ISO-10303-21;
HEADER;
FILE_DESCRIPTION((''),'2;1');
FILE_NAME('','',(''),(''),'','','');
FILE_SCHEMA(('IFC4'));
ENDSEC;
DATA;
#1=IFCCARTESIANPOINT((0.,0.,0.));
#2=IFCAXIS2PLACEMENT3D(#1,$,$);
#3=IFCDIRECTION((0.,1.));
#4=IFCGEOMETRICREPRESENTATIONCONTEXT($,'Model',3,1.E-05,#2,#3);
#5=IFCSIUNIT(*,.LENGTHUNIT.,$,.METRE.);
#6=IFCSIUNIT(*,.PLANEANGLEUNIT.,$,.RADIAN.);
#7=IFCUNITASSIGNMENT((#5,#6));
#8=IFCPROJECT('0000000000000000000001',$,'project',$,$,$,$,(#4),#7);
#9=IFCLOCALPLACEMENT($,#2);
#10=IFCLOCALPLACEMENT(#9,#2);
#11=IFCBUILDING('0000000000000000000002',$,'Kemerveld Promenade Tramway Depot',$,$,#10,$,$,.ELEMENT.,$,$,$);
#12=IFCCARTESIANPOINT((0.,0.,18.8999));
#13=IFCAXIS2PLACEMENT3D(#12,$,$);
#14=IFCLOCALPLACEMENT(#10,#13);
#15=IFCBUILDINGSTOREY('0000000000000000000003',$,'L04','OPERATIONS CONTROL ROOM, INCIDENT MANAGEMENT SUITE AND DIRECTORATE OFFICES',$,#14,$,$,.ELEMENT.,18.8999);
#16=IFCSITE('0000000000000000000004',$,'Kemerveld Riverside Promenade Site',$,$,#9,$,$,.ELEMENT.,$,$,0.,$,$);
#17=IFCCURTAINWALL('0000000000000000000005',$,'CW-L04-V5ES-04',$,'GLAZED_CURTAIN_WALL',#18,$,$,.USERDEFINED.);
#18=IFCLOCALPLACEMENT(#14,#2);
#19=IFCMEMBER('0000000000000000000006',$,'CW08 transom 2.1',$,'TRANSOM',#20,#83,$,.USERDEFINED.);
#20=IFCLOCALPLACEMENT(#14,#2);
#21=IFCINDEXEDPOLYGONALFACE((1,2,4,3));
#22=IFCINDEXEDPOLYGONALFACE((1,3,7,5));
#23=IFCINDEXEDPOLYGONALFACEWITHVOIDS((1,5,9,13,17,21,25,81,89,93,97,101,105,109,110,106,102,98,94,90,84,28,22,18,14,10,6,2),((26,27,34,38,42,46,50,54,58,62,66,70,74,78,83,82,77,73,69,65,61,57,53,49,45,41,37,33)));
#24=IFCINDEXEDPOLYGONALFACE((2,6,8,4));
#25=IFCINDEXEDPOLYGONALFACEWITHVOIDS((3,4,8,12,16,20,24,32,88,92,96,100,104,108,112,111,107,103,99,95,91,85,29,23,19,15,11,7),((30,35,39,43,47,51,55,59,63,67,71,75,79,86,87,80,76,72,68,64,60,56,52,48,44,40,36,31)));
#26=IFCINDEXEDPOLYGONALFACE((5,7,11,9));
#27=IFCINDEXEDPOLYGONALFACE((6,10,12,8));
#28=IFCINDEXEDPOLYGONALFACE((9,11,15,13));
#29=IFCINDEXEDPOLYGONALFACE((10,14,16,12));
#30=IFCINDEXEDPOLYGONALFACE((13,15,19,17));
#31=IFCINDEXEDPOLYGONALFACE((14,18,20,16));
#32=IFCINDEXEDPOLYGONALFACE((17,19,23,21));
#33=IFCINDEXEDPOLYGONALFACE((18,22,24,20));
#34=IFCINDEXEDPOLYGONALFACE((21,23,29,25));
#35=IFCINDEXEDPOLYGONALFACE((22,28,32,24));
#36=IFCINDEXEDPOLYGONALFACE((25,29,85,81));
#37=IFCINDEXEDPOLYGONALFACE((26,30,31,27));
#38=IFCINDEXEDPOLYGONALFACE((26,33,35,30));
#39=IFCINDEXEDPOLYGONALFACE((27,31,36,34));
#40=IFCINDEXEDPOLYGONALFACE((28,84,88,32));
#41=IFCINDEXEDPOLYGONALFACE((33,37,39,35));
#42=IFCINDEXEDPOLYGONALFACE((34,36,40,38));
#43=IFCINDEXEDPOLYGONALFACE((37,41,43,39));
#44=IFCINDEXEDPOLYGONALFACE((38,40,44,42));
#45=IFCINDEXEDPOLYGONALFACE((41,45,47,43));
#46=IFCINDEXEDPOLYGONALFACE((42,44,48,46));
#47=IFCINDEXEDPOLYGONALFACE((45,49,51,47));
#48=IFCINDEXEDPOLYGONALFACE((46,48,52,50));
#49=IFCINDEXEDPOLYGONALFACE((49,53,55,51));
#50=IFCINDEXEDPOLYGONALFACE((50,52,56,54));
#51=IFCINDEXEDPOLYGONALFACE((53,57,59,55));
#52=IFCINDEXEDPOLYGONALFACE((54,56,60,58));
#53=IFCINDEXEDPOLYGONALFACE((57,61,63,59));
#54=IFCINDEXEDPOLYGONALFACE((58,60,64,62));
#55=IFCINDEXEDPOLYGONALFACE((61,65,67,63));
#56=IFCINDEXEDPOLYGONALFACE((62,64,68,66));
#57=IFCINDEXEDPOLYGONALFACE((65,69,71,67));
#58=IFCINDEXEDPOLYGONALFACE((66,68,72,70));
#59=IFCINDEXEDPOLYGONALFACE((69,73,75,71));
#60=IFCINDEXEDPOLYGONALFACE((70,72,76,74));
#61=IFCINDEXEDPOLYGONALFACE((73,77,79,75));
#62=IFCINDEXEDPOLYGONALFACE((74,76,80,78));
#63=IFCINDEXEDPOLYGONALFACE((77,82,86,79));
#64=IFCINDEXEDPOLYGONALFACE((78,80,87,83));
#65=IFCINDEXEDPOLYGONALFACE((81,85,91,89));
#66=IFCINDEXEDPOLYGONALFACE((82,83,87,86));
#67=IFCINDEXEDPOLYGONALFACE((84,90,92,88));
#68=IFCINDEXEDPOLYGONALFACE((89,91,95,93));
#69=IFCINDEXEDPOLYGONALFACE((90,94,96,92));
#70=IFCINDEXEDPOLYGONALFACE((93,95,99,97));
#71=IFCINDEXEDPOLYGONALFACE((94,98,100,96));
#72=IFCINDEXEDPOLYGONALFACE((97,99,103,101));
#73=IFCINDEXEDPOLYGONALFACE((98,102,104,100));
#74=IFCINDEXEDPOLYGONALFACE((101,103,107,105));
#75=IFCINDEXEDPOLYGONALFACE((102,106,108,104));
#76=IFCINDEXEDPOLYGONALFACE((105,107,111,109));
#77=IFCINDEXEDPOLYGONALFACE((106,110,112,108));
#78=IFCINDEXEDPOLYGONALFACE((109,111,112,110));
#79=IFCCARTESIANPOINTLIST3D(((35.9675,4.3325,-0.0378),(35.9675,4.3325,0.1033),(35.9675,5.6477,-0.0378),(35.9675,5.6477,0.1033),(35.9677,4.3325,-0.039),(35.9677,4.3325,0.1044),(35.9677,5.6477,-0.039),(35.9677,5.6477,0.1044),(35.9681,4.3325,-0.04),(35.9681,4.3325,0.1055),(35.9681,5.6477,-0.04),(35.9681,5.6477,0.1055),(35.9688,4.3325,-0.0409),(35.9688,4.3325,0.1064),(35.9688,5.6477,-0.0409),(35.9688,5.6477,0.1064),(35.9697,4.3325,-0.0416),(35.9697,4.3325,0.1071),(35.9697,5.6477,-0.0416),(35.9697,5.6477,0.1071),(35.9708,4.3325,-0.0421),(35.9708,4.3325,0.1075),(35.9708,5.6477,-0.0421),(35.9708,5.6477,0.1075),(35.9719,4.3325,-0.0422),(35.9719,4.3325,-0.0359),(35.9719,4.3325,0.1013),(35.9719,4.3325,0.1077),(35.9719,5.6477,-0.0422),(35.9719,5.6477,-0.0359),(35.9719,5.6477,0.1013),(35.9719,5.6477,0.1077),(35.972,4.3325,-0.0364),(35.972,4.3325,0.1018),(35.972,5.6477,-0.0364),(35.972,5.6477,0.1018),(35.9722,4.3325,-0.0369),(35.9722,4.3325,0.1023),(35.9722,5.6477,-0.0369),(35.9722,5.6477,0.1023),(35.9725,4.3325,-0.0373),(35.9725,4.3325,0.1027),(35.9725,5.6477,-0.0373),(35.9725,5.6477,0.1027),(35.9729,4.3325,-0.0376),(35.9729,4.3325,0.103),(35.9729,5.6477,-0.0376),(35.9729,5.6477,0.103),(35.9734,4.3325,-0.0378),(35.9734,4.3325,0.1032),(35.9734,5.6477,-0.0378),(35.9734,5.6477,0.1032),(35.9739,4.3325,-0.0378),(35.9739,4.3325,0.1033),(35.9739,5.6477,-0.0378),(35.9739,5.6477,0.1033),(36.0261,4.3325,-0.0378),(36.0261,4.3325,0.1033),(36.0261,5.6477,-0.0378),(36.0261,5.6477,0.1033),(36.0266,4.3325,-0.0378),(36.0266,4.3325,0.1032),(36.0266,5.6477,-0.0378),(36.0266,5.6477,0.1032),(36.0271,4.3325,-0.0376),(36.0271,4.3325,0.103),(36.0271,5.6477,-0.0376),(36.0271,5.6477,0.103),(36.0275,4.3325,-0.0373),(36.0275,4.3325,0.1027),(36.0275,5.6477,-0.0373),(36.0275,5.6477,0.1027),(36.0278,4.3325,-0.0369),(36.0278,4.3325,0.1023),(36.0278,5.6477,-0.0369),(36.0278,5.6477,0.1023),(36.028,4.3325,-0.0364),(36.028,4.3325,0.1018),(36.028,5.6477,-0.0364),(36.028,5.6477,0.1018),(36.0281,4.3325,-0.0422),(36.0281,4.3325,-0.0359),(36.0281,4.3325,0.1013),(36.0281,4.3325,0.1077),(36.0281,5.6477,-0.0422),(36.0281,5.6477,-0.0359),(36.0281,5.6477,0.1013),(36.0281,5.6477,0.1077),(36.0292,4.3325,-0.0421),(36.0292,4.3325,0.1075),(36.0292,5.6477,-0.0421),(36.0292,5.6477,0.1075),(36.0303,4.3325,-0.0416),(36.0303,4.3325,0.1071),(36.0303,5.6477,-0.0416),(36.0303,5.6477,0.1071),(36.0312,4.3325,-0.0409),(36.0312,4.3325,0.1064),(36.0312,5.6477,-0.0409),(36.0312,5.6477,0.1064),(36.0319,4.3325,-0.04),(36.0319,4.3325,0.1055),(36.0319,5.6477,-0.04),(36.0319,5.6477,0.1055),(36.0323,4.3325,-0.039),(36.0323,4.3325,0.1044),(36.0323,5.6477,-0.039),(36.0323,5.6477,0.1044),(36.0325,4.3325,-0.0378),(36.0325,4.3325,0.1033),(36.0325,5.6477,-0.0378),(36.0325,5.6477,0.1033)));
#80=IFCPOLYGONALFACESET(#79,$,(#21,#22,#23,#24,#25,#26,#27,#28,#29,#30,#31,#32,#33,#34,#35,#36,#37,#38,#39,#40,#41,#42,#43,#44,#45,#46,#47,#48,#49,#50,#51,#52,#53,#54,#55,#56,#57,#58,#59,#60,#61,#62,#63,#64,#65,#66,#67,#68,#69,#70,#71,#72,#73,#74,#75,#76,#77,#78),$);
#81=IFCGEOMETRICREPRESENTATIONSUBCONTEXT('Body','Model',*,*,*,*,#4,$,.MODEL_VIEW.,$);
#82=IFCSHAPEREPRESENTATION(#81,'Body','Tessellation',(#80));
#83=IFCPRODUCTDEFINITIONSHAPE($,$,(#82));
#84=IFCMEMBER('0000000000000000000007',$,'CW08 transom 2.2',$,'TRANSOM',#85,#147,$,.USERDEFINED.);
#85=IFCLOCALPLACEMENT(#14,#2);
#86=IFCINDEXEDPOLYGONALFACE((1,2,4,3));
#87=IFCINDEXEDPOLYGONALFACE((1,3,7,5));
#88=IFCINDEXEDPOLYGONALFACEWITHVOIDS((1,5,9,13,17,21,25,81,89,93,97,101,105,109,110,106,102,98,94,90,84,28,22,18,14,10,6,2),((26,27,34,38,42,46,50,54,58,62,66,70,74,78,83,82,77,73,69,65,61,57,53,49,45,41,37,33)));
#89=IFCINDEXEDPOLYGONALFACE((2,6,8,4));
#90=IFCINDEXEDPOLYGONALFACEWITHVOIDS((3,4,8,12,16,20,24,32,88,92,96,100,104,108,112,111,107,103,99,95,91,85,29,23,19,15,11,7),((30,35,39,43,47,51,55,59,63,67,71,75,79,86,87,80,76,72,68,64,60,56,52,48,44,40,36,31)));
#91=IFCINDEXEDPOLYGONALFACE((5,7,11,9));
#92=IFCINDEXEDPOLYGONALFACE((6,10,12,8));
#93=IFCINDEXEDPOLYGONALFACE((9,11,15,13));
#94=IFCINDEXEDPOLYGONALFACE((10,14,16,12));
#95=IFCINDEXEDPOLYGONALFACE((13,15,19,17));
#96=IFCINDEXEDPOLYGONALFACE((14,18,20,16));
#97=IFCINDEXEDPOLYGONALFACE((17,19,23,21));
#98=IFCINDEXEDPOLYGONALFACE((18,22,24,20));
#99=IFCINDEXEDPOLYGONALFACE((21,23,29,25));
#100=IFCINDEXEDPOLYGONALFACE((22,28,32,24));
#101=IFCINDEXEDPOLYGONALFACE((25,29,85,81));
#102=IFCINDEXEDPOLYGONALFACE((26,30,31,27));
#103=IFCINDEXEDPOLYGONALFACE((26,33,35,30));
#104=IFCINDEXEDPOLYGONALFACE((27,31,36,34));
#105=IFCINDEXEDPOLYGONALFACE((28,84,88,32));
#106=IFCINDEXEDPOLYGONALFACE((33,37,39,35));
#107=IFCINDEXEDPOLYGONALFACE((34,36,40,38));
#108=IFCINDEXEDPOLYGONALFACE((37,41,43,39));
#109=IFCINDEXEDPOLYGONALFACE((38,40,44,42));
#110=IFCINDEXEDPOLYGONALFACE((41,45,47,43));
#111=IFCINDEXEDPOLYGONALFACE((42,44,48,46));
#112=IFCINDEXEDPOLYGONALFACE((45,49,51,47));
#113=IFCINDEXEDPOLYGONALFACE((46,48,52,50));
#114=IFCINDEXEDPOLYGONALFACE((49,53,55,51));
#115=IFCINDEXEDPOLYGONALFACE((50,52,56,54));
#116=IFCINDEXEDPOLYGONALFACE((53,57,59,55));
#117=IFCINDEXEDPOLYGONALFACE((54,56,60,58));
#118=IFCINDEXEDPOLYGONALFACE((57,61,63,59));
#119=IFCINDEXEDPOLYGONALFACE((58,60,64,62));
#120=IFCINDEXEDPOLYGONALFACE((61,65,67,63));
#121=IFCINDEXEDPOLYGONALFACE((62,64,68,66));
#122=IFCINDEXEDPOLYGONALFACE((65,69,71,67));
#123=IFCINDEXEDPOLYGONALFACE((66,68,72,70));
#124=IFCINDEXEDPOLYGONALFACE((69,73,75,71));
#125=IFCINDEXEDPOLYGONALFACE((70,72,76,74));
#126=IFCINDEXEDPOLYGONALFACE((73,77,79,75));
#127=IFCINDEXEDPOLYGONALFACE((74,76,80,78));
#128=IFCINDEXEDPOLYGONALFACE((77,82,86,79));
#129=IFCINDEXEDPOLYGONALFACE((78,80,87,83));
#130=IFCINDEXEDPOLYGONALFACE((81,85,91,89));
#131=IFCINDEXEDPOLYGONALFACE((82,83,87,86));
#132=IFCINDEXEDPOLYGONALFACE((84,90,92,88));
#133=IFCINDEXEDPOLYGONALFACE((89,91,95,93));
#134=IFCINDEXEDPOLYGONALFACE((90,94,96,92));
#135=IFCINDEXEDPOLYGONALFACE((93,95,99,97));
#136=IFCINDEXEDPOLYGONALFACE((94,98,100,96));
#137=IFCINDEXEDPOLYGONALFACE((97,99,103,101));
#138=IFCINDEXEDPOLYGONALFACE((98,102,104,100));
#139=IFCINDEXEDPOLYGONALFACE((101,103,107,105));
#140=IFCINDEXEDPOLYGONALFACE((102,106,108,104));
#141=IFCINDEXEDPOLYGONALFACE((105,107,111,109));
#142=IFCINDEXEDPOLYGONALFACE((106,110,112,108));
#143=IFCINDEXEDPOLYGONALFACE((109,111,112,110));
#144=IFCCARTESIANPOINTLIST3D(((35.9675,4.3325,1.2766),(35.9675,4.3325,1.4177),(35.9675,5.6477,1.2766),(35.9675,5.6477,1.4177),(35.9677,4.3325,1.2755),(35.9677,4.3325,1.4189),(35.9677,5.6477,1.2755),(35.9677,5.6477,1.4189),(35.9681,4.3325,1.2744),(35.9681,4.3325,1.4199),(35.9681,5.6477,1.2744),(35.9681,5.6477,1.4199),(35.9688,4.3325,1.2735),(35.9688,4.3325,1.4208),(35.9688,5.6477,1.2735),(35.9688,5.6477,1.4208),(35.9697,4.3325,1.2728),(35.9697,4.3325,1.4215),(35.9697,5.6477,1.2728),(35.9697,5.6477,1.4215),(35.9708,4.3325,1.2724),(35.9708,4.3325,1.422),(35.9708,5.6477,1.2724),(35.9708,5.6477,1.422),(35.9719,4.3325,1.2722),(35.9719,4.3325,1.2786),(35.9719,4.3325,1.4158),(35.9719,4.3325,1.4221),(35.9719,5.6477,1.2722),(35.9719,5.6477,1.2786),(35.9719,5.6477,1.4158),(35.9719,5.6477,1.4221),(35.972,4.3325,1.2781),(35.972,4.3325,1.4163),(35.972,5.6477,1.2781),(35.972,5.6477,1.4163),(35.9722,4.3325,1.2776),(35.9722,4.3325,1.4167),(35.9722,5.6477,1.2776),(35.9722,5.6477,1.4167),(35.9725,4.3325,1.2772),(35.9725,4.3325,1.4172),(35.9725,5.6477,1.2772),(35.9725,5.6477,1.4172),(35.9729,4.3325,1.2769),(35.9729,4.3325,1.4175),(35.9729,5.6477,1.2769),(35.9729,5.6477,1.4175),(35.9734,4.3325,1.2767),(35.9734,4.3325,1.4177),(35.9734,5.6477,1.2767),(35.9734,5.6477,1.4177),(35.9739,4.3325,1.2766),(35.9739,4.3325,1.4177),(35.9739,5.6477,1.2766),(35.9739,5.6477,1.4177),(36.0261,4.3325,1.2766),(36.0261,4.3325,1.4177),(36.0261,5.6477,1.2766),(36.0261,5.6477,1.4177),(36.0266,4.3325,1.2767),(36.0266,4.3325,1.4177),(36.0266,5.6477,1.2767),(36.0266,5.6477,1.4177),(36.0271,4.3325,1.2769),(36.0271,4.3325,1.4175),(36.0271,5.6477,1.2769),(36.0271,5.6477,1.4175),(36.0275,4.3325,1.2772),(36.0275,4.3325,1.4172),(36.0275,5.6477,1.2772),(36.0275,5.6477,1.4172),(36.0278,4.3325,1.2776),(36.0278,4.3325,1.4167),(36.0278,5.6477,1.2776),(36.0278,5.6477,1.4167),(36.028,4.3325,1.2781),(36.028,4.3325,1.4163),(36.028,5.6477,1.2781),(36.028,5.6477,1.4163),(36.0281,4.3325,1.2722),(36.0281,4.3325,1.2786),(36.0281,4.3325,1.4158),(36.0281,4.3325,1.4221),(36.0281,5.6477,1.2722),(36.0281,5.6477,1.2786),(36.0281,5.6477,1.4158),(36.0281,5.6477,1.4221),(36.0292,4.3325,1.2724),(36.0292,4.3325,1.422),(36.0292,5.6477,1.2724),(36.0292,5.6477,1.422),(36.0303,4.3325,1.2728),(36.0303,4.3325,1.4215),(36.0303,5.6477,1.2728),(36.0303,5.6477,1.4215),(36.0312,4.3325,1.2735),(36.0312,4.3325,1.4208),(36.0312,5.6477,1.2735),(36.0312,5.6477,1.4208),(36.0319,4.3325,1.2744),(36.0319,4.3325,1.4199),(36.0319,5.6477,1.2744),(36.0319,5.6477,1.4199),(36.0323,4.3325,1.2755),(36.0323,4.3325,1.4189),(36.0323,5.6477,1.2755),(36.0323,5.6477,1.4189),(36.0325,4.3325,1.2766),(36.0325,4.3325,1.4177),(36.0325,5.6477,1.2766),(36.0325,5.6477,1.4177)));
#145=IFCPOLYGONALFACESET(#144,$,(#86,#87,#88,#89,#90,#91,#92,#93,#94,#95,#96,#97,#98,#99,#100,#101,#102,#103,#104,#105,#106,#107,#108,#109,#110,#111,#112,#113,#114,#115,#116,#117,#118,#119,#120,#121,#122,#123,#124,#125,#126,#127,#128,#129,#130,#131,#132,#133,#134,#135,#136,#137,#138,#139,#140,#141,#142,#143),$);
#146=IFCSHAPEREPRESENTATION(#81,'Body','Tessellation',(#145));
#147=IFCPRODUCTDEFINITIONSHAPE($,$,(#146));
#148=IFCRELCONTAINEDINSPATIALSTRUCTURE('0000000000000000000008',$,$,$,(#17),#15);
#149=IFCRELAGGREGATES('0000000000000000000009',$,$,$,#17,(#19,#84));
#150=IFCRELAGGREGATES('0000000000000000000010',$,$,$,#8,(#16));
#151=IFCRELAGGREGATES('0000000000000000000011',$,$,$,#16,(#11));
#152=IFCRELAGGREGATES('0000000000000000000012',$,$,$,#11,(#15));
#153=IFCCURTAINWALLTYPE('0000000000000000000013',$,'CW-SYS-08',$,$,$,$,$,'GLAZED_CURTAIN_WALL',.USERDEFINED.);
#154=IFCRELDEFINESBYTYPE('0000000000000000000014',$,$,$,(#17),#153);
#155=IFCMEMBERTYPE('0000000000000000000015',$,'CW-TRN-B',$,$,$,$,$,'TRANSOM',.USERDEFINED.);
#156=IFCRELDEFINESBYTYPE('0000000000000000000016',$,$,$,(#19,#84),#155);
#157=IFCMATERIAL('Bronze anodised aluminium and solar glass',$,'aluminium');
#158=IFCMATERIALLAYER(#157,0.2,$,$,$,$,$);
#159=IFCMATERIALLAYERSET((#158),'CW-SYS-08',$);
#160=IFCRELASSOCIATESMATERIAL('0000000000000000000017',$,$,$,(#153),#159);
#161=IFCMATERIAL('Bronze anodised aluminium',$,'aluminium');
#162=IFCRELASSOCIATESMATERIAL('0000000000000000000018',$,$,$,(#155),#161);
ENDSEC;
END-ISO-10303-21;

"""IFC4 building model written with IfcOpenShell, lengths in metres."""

from ifc_helpers import new_model, si_unit, direction, frame, origin, origin_2d, place, context, subcontext, project, spatial, hollow_rectangle, extrude, material, layer, layer_set, material_profile, profile_set, type_object, element, aggregate, save


model = new_model("IFC4")

# Units and contexts
model_context = context("Model", 3, precision=1e-05, world=origin(), true_north=direction((0.0, 1.0)))
body_context = subcontext(model_context, "Body", "Model", "MODEL_VIEW")
ifc_project = project(units=[si_unit("LENGTHUNIT", "METRE"), si_unit("PLANEANGLEUNIT", "RADIAN")], contexts=[model_context])

# Site, building, storey
site_placement = place(None, origin())
site = spatial("IfcSite", under=ifc_project, at=site_placement, Name="Kemerveld Riverside Promenade Site", CompositionType="ELEMENT", RefElevation=0.0)
building_placement = place(site_placement, origin())
building = spatial("IfcBuilding", under=site, at=building_placement, Name="Kemerveld Promenade Tramway Depot", CompositionType="ELEMENT")
storey_placement = place(building_placement, frame((0.0, 0.0, 18.8999)))
storey = spatial("IfcBuildingStorey", under=building, at=storey_placement, Name="L04", Description="OPERATIONS CONTROL ROOM, INCIDENT MANAGEMENT SUITE AND DIRECTORATE OFFICES", CompositionType="ELEMENT", Elevation=18.8999)

# Curtain wall, members
ifc_material_1 = material(Name="Bronze anodised aluminium and solar glass", Category="aluminium")
ifc_layer_1 = layer(ifc_material_1, 0.2)
ifc_layer_set_1 = layer_set([ifc_layer_1], Name="CW-SYS-08")
curtain_wall_type = type_object("IfcCurtainWallType", Name="CW-SYS-08", ElementType="GLAZED_CURTAIN_WALL", PredefinedType="USERDEFINED", material=ifc_layer_set_1)
curtain_wall_placement = place(storey_placement, origin())
curtain_wall = element("IfcCurtainWall", 1, at=curtain_wall_placement, inside=storey, type_object=curtain_wall_type, Name="CW-L04-V5ES-04", ObjectType="GLAZED_CURTAIN_WALL", PredefinedType="USERDEFINED")
ifc_material_2 = material(Name="Bronze anodised aluminium", Category="aluminium")
ifc_material_profile_1 = material_profile(ifc_material_2, hollow_rectangle(XDim=0.0649, YDim=0.1499, WallThickness=0.0044, InnerFilletRadius=0.002, OuterFilletRadius=0.0044, at=origin_2d()), Name="CW-TRN-150x65")
ifc_profile_set_1 = profile_set([ifc_material_profile_1], Name="Bronze anodised aluminium")
member_type_1 = type_object("IfcMemberType", Name="CW-TRN-B", ElementType="TRANSOM", PredefinedType="USERDEFINED", material=ifc_profile_set_1)
member_1_placement = place(storey_placement, frame((36.0, 5.6477, 0.0327), z_axis=(0.0, -1.0, 0.0), x_axis=(1.0, 0.0, 0.0)))
member_1 = element("IfcMember", 2, at=member_1_placement, type_object=member_type_1, Name="CW08 transom 2.1", ObjectType="TRANSOM", PredefinedType="USERDEFINED", context=body_context, shape_type="SweptSolid", body=[
    extrude(hollow_rectangle(XDim=0.0649, YDim=0.1499, WallThickness=0.0044, InnerFilletRadius=0.002, OuterFilletRadius=0.0044, at=origin_2d()), origin(), (0.0, 0.0, 1.0), 1.3152),
])
member_2_placement = place(storey_placement, frame((36.0, 5.6477, 1.3472), z_axis=(0.0, -1.0, 0.0), x_axis=(1.0, 0.0, 0.0)))
member_2 = element("IfcMember", 3, at=member_2_placement, type_object=member_type_1, Name="CW08 transom 2.2", ObjectType="TRANSOM", PredefinedType="USERDEFINED", context=body_context, shape_type="SweptSolid", body=[
    extrude(hollow_rectangle(XDim=0.0649, YDim=0.1499, WallThickness=0.0044, InnerFilletRadius=0.002, OuterFilletRadius=0.0044, at=origin_2d()), origin(), (0.0, 0.0, 1.0), 1.3152),
])
aggregate(curtain_wall, [member_1, member_2])

save(model, "model.ifc")
